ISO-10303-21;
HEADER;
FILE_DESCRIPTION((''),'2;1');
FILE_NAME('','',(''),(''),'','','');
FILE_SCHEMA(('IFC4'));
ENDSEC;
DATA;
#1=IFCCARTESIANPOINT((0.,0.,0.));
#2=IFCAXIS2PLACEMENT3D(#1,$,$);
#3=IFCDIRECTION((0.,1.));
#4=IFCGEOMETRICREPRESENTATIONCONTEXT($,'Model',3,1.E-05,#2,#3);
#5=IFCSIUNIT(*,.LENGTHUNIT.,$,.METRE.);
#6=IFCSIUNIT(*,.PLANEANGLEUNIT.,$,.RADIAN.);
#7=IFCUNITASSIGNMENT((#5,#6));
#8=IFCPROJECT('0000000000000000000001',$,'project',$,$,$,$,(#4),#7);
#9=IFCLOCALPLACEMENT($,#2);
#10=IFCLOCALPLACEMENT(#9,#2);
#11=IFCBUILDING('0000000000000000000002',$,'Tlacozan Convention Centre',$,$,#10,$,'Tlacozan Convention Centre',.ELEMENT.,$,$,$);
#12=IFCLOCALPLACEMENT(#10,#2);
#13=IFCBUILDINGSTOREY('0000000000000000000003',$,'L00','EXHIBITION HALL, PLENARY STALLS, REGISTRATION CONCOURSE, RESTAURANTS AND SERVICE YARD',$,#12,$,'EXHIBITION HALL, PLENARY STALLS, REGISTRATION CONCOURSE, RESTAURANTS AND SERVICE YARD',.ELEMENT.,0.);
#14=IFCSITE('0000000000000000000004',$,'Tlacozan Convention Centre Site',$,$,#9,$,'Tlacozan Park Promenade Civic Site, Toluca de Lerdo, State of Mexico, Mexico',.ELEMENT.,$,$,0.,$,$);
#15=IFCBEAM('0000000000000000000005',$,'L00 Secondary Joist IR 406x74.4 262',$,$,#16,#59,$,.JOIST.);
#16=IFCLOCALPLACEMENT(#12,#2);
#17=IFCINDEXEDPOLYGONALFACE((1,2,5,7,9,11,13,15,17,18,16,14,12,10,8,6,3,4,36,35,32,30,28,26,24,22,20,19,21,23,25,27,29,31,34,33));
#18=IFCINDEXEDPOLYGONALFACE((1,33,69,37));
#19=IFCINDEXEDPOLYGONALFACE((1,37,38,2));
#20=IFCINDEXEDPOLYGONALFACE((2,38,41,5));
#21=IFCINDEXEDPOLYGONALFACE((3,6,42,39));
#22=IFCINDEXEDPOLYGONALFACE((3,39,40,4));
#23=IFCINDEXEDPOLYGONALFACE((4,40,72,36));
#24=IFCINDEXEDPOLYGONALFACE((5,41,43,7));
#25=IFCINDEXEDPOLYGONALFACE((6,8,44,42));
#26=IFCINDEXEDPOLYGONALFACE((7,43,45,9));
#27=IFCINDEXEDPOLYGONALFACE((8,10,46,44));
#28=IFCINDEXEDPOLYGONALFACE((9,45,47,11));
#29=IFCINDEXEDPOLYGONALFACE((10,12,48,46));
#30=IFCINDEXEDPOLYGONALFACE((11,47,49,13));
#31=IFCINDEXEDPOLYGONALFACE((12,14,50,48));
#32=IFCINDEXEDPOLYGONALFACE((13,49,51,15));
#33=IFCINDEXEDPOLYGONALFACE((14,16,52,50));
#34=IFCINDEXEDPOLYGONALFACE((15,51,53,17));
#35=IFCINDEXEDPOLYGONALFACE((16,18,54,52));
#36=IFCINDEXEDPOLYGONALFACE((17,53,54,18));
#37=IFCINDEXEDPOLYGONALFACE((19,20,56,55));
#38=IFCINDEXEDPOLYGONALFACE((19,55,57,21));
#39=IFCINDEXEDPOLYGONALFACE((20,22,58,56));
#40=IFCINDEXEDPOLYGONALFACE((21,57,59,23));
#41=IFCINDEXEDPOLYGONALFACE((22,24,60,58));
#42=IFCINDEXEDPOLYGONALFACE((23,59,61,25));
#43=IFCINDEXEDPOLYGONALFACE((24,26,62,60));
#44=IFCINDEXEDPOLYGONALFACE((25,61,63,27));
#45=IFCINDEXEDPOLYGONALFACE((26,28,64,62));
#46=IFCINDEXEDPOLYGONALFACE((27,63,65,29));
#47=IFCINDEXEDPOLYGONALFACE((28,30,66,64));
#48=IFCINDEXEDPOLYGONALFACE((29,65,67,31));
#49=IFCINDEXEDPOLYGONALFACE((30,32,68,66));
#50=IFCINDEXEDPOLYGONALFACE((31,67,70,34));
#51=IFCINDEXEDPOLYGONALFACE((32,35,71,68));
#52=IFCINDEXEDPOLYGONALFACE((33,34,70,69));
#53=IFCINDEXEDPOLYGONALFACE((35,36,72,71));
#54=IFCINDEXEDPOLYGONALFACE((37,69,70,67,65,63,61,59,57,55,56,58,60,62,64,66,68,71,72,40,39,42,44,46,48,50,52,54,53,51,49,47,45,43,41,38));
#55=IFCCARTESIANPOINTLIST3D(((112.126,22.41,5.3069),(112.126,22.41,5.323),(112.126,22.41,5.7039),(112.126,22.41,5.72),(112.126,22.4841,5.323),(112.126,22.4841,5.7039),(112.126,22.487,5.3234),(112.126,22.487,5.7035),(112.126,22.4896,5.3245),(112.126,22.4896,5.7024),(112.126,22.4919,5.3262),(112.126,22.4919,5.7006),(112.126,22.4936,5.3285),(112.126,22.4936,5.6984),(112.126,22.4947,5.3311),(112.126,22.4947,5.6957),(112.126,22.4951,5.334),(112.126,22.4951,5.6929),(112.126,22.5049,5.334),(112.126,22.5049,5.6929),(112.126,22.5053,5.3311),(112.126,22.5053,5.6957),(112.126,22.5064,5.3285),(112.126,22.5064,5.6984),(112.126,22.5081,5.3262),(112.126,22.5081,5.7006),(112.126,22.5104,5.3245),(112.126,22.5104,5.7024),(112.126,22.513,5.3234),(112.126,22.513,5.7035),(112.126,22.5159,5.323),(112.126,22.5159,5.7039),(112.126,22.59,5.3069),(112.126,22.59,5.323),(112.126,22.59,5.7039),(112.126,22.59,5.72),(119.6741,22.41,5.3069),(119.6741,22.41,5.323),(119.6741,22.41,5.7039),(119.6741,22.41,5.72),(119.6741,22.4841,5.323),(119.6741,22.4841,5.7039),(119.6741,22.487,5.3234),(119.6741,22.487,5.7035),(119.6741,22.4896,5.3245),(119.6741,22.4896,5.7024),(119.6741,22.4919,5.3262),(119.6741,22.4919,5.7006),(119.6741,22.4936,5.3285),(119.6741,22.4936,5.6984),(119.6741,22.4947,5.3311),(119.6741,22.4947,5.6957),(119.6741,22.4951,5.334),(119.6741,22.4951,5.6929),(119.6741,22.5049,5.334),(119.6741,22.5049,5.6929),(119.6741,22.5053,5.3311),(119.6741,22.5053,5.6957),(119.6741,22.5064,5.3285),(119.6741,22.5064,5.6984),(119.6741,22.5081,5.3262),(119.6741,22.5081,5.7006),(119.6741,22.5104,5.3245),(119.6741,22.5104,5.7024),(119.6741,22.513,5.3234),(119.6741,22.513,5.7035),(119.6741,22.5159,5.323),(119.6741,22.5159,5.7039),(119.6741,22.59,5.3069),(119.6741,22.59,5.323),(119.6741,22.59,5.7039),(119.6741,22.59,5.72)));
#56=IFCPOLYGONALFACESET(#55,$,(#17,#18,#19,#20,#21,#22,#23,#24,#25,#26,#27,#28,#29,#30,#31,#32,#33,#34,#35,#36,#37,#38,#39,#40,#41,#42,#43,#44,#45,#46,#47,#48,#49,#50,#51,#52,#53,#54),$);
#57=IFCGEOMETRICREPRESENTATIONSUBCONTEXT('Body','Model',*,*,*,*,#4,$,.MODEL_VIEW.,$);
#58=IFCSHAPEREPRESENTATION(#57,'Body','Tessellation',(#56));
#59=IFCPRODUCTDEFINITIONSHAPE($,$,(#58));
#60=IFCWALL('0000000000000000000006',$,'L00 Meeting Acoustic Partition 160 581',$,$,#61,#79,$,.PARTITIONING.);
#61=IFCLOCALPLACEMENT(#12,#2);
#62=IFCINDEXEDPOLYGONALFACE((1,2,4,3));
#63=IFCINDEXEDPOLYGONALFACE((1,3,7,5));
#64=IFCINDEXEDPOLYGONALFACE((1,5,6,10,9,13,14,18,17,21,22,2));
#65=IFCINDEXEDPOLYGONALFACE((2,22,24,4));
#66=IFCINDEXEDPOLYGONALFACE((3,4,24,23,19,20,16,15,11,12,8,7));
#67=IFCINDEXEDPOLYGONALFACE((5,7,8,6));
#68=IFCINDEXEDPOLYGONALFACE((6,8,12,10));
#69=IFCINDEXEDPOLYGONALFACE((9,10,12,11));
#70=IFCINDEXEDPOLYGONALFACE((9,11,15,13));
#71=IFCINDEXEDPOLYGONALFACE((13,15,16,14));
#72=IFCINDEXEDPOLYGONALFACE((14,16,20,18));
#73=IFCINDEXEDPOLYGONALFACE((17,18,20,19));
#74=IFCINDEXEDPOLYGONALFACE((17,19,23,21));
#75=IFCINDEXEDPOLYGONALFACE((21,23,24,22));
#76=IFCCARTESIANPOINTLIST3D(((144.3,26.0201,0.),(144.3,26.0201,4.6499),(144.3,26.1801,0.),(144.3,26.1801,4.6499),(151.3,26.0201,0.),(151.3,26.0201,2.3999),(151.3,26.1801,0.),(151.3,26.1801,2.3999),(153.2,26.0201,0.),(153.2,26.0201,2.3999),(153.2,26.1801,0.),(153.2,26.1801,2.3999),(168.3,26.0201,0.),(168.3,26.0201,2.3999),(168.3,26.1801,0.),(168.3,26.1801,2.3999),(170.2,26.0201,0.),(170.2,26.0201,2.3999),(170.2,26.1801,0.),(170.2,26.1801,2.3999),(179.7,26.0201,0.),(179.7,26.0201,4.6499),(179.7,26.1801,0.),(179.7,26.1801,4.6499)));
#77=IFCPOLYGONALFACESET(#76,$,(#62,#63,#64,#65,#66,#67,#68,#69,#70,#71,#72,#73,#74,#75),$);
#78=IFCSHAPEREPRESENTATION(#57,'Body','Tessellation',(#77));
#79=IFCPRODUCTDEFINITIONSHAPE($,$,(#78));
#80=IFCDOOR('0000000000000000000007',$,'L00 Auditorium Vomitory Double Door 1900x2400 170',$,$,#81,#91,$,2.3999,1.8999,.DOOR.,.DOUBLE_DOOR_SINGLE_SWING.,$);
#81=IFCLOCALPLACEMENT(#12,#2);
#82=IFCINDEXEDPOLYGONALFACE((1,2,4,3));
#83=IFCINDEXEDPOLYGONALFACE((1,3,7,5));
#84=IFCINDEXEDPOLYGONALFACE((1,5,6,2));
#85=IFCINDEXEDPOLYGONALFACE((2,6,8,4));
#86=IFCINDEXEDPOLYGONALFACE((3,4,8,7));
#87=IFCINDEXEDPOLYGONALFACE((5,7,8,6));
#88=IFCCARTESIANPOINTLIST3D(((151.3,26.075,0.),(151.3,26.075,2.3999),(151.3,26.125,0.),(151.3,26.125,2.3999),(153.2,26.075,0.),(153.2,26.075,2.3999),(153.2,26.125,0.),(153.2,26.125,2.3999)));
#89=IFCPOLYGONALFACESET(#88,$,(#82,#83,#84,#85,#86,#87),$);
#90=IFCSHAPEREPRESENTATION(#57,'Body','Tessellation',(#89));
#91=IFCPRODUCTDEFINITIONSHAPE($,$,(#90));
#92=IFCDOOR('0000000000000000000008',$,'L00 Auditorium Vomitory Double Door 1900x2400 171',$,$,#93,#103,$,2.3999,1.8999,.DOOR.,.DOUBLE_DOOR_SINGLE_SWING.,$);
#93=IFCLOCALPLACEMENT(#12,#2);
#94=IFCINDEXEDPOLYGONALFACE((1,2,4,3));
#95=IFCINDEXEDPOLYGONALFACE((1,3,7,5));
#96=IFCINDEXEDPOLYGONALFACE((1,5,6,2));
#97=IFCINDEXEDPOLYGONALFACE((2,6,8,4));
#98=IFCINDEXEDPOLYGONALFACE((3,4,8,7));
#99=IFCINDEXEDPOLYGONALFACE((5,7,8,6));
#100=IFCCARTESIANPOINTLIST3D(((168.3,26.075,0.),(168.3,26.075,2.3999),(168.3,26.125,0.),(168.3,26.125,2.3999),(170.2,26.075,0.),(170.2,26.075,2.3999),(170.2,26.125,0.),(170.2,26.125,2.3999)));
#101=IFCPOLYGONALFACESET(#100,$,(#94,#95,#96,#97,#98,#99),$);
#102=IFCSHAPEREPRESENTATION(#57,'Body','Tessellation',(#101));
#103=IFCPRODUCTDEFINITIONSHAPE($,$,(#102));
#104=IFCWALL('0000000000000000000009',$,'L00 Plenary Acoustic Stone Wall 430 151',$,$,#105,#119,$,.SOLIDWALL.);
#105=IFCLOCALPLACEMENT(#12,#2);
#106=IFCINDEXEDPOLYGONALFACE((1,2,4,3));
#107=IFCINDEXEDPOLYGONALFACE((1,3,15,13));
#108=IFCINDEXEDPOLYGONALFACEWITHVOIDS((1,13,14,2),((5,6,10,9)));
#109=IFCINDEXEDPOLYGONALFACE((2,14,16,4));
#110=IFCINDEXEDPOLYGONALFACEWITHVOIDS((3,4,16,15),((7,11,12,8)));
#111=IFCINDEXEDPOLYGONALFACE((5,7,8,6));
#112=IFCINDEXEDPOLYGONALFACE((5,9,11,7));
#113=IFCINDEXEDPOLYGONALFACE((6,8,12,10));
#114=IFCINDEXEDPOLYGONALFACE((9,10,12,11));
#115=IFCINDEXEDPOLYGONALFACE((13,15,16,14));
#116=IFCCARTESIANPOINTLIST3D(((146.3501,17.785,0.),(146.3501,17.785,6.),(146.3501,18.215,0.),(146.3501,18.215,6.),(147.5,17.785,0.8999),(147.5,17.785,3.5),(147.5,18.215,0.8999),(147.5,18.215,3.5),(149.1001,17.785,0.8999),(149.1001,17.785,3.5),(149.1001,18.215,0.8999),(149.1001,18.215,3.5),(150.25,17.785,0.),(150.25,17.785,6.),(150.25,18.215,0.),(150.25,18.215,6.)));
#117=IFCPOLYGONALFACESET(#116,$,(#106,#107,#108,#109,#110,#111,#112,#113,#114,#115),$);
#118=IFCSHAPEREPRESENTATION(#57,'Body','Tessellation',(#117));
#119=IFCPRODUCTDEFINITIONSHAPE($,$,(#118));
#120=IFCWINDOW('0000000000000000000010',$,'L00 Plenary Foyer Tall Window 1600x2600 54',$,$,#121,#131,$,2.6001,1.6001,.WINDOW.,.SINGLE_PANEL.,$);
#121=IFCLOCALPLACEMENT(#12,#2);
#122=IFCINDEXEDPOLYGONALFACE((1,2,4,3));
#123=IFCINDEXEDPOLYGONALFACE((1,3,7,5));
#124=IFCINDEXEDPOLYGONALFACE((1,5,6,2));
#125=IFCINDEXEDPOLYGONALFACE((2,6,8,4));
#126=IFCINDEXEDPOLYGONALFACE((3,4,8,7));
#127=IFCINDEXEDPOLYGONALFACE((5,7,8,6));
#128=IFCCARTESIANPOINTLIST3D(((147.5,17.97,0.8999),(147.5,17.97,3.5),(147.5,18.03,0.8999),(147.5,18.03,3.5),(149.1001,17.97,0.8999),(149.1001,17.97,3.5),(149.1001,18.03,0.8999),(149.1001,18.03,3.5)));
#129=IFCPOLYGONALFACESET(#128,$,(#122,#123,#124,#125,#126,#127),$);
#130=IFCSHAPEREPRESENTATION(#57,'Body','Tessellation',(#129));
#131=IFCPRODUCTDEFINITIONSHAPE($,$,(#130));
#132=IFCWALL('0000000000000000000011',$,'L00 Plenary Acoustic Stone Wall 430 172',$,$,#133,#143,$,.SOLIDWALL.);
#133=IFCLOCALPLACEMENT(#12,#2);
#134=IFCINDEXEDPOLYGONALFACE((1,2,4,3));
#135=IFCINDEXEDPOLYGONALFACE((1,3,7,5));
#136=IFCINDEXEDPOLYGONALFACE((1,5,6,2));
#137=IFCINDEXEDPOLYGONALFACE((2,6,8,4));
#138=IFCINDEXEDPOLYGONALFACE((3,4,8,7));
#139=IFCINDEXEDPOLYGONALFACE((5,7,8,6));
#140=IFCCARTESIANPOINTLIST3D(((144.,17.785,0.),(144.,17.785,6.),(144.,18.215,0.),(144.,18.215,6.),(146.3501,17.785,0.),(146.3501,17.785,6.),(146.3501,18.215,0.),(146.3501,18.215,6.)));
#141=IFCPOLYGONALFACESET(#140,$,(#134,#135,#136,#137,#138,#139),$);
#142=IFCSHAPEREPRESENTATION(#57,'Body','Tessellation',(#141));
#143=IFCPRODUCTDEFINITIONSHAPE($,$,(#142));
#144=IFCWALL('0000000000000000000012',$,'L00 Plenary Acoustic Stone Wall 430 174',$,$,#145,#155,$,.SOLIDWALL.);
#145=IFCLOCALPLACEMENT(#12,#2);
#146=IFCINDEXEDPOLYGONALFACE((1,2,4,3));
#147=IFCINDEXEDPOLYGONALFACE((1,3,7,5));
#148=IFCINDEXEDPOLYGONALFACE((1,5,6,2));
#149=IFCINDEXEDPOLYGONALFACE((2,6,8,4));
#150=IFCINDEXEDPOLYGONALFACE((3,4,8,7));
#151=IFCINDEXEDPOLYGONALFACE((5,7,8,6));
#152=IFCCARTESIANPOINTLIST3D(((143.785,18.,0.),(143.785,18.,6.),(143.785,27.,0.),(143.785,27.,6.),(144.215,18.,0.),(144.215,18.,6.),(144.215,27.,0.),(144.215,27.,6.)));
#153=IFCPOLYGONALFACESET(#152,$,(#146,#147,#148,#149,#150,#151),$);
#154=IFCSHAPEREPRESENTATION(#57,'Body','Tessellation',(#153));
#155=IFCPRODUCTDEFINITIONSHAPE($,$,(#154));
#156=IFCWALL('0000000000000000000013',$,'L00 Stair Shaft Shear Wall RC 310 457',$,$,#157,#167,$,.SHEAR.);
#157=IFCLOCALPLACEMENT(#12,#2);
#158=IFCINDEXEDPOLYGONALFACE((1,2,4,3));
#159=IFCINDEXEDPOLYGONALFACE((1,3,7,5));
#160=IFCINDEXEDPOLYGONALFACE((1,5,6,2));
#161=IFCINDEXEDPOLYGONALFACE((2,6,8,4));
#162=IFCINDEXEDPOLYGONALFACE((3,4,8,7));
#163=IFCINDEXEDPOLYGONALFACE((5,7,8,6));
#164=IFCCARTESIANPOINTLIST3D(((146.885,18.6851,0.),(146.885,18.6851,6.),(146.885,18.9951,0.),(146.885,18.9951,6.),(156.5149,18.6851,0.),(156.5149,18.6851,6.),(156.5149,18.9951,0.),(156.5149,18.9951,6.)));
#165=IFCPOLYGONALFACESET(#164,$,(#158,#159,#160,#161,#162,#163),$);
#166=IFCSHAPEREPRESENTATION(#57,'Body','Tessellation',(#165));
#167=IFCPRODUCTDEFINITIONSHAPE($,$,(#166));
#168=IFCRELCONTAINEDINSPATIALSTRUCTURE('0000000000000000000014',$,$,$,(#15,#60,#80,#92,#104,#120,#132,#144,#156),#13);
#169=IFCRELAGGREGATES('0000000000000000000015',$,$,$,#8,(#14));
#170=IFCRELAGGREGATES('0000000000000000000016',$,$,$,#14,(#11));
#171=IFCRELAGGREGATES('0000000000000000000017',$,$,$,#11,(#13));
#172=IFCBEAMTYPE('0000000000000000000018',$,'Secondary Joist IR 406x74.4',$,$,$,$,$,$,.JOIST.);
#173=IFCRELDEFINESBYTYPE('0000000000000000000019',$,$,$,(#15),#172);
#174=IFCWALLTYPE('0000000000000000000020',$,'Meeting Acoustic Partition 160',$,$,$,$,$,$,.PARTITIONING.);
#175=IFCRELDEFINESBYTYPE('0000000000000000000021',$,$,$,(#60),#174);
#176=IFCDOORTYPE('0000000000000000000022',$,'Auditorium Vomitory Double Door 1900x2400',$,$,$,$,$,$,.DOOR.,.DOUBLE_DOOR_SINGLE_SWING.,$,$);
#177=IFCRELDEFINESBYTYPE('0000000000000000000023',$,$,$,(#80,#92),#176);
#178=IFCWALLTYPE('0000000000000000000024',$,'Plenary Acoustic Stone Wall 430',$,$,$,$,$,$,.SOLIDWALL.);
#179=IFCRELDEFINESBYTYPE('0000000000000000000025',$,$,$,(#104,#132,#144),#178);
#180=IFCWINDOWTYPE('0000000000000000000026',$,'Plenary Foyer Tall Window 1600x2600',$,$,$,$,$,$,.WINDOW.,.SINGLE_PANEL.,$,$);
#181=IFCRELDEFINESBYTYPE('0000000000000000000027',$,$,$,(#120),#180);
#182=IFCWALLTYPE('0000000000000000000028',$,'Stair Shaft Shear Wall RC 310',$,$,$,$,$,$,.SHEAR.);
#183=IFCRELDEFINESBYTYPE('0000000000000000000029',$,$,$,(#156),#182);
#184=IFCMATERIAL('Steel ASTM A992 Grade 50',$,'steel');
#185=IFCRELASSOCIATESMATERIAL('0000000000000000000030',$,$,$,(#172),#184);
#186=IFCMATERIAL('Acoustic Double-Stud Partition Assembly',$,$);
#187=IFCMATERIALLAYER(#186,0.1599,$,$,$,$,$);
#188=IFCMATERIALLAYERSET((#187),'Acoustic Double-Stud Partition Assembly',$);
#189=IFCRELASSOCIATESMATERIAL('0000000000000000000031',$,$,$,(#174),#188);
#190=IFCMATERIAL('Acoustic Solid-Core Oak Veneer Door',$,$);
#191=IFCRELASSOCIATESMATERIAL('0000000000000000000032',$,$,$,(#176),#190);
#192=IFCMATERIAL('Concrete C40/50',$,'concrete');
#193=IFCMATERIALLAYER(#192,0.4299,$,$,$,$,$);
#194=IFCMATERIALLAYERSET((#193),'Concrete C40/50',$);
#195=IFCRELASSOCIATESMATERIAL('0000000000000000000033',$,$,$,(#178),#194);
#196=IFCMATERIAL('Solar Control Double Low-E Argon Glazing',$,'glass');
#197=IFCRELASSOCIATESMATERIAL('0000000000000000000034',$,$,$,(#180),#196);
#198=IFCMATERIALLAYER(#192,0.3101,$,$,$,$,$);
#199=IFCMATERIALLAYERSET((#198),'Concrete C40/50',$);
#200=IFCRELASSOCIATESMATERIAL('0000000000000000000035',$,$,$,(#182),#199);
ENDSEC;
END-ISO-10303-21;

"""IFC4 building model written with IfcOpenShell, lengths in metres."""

from ifc_helpers import new_model, si_unit, direction, frame, frame_2d, origin, origin_2d, place, context, subcontext, project, spatial, rectangle, i_section, extrude, material, layer, layer_set, material_profile, profile_set, type_object, element, fill, save


model = new_model("IFC4")

# Units and contexts
model_context = context("Model", 3, precision=1e-05, world=origin(), true_north=direction((0.0, 1.0)))
body_context = subcontext(model_context, "Body", "Model", "MODEL_VIEW")
ifc_project = project(units=[si_unit("LENGTHUNIT", "METRE"), si_unit("PLANEANGLEUNIT", "RADIAN")], contexts=[model_context])

# Site, building, storey
site_placement = place(None, origin())
site = spatial("IfcSite", under=ifc_project, at=site_placement, Name="Tlacozan Convention Centre Site", LongName="Tlacozan Park Promenade Civic Site, Toluca de Lerdo, State of Mexico, Mexico", CompositionType="ELEMENT", RefElevation=0.0)
building_placement = place(site_placement, origin())
building = spatial("IfcBuilding", under=site, at=building_placement, Name="Tlacozan Convention Centre", LongName="Tlacozan Convention Centre", CompositionType="ELEMENT")
storey_placement = place(building_placement, origin())
storey = spatial("IfcBuildingStorey", under=building, at=storey_placement, Name="L00", Description="EXHIBITION HALL, PLENARY STALLS, REGISTRATION CONCOURSE, RESTAURANTS AND SERVICE YARD", LongName="EXHIBITION HALL, PLENARY STALLS, REGISTRATION CONCOURSE, RESTAURANTS AND SERVICE YARD", CompositionType="ELEMENT", Elevation=0.0)

# Shared definitions
ifc_material_1 = material(Name="Concrete C40/50", Category="concrete")

# Beam
ifc_material_2 = material(Name="Steel ASTM A992 Grade 50", Category="steel")
ifc_material_profile_1 = material_profile(ifc_material_2, i_section(OverallWidth=0.1799, OverallDepth=0.4131, WebThickness=0.0098, FlangeThickness=0.0161, FilletRadius=0.011, at=origin_2d()), Name="IR 406x74.4")
ifc_profile_set_1 = profile_set([ifc_material_profile_1], Name="Steel ASTM A992 Grade 50")
beam_type_1 = type_object("IfcBeamType", Name="Secondary Joist IR 406x74.4", PredefinedType="JOIST", material=ifc_profile_set_1)
beam_1_placement = place(storey_placement, frame((112.126, 22.5, 5.5134), z_axis=(1.0, 0.0, 0.0), x_axis=(0.0, 1.0, 0.0)))
element("IfcBeam", 1, at=beam_1_placement, inside=storey, type_object=beam_type_1, Name="L00 Secondary Joist IR 406x74.4 262", PredefinedType="JOIST", context=body_context, shape_type="SweptSolid", body=[
    extrude(i_section(OverallWidth=0.1799, OverallDepth=0.4131, WebThickness=0.0098, FlangeThickness=0.0161, FilletRadius=0.011, at=origin_2d()), origin(), (0.0, 0.0, 1.0), 7.5481),
])

# Wall, openings, doors
ifc_material_3 = material(Name="Acoustic Double-Stud Partition Assembly")
ifc_layer_1 = layer(ifc_material_3, 0.1599)
ifc_layer_set_1 = layer_set([ifc_layer_1], Name="Acoustic Double-Stud Partition Assembly")
wall_type_1 = type_object("IfcWallType", Name="Meeting Acoustic Partition 160", PredefinedType="PARTITIONING", material=ifc_layer_set_1)
wall_1_placement = place(storey_placement, frame((144.3, 26.1001, 0.0), z_axis=(0.0, 0.0, 1.0), x_axis=(1.0, 0.0, 0.0)))
wall_1 = element("IfcWall", 2, at=wall_1_placement, inside=storey, type_object=wall_type_1, Name="L00 Meeting Acoustic Partition 160 581", PredefinedType="PARTITIONING", context=body_context, shape_type="SweptSolid", body=[
    extrude(rectangle(XDim=35.3999, YDim=0.1599, at=frame_2d((17.7, 0.0))), origin(), (0.0, 0.0, 1.0), 4.6499),
])
opening_1_placement = place(wall_1_placement, frame((7.0, 0.0, 0.0)))
opening_1 = element("IfcOpeningElement", 3, at=opening_1_placement, cuts=wall_1, PredefinedType="OPENING", context=body_context, shape_type="SweptSolid", body=[
    extrude(rectangle(XDim=1.8999, YDim=2.3999, at=frame_2d((0.95, 1.2))), frame((0.0, 0.0898, 0.0), z_axis=(0.0, -1.0, 0.0), x_axis=(1.0, 0.0, 0.0)), (0.0, 0.0, 1.0), 0.1799),
])
opening_2_placement = place(wall_1_placement, frame((24.0, 0.0, 0.0)))
opening_2 = element("IfcOpeningElement", 4, at=opening_2_placement, cuts=wall_1, PredefinedType="OPENING", context=body_context, shape_type="SweptSolid", body=[
    extrude(rectangle(XDim=1.8999, YDim=2.3999, at=frame_2d((0.95, 1.2))), frame((0.0, 0.0898, 0.0), z_axis=(0.0, -1.0, 0.0), x_axis=(1.0, 0.0, 0.0)), (0.0, 0.0, 1.0), 0.1799),
])
ifc_material_4 = material(Name="Acoustic Solid-Core Oak Veneer Door")
door_type_1 = type_object("IfcDoorType", Name="Auditorium Vomitory Double Door 1900x2400", OperationType="DOUBLE_DOOR_SINGLE_SWING", PredefinedType="DOOR", material=ifc_material_4)
door_1_placement = place(opening_1_placement, origin())
door_1 = element("IfcDoor", 5, at=door_1_placement, inside=storey, type_object=door_type_1, Name="L00 Auditorium Vomitory Double Door 1900x2400 170", OperationType="DOUBLE_DOOR_SINGLE_SWING", OverallHeight=2.3999, OverallWidth=1.8999, PredefinedType="DOOR", context=body_context, shape_type="SweptSolid", body=[
    extrude(rectangle(XDim=1.8999, YDim=2.3999, at=frame_2d((0.95, 1.2))), frame((0.0, 0.0249, 0.0), z_axis=(0.0, -1.0, 0.0), x_axis=(1.0, 0.0, 0.0)), (0.0, 0.0, 1.0), 0.05),
])
fill(opening_1, door_1)
door_2_placement = place(opening_2_placement, origin())
door_2 = element("IfcDoor", 6, at=door_2_placement, inside=storey, type_object=door_type_1, Name="L00 Auditorium Vomitory Double Door 1900x2400 171", OperationType="DOUBLE_DOOR_SINGLE_SWING", OverallHeight=2.3999, OverallWidth=1.8999, PredefinedType="DOOR", context=body_context, shape_type="SweptSolid", body=[
    extrude(rectangle(XDim=1.8999, YDim=2.3999, at=frame_2d((0.95, 1.2))), frame((0.0, 0.0249, 0.0), z_axis=(0.0, -1.0, 0.0), x_axis=(1.0, 0.0, 0.0)), (0.0, 0.0, 1.0), 0.05),
])
fill(opening_2, door_2)

# Wall, opening, window
ifc_layer_2 = layer(ifc_material_1, 0.4299)
ifc_layer_set_2 = layer_set([ifc_layer_2], Name="Concrete C40/50")
wall_type_2 = type_object("IfcWallType", Name="Plenary Acoustic Stone Wall 430", PredefinedType="SOLIDWALL", material=ifc_layer_set_2)
wall_2_placement = place(storey_placement, frame((146.3501, 18.0, 0.0), z_axis=(0.0, 0.0, 1.0), x_axis=(1.0, 0.0, 0.0)))
wall_2 = element("IfcWall", 7, at=wall_2_placement, inside=storey, type_object=wall_type_2, Name="L00 Plenary Acoustic Stone Wall 430 151", PredefinedType="SOLIDWALL", context=body_context, shape_type="SweptSolid", body=[
    extrude(rectangle(XDim=3.8999, YDim=0.4299, at=frame_2d((1.95, 0.0))), origin(), (0.0, 0.0, 1.0), 6.0),
])
opening_3_placement = place(wall_2_placement, frame((1.1499, 0.0, 0.8999)))
opening_3 = element("IfcOpeningElement", 8, at=opening_3_placement, cuts=wall_2, PredefinedType="OPENING", context=body_context, shape_type="SweptSolid", body=[
    extrude(rectangle(XDim=1.6001, YDim=2.6001, at=frame_2d((0.8, 1.3))), frame((0.0, 0.2249, 0.0), z_axis=(0.0, -1.0, 0.0), x_axis=(1.0, 0.0, 0.0)), (0.0, 0.0, 1.0), 0.45),
])
ifc_material_5 = material(Name="Solar Control Double Low-E Argon Glazing", Category="glass")
window_type = type_object("IfcWindowType", Name="Plenary Foyer Tall Window 1600x2600", PartitioningType="SINGLE_PANEL", PredefinedType="WINDOW", material=ifc_material_5)
window_placement = place(opening_3_placement, origin())
window = element("IfcWindow", 9, at=window_placement, inside=storey, type_object=window_type, Name="L00 Plenary Foyer Tall Window 1600x2600 54", OverallHeight=2.6001, OverallWidth=1.6001, PartitioningType="SINGLE_PANEL", PredefinedType="WINDOW", context=body_context, shape_type="SweptSolid", body=[
    extrude(rectangle(XDim=1.6001, YDim=2.6001, at=frame_2d((0.8, 1.3))), frame((0.0, 0.03, 0.0), z_axis=(0.0, -1.0, 0.0), x_axis=(1.0, 0.0, 0.0)), (0.0, 0.0, 1.0), 0.0601),
])
fill(opening_3, window)

# Walls
wall_3_placement = place(storey_placement, frame((144.0, 18.0, 0.0), z_axis=(0.0, 0.0, 1.0), x_axis=(1.0, 0.0, 0.0)))
element("IfcWall", 10, at=wall_3_placement, inside=storey, type_object=wall_type_2, Name="L00 Plenary Acoustic Stone Wall 430 172", PredefinedType="SOLIDWALL", context=body_context, shape_type="SweptSolid", body=[
    extrude(rectangle(XDim=2.3501, YDim=0.4299, at=frame_2d((1.175, 0.0))), origin(), (0.0, 0.0, 1.0), 6.0),
])
wall_4_placement = place(storey_placement, frame((144.0, 18.0, 0.0), z_axis=(0.0, 0.0, 1.0), x_axis=(0.0, 1.0, 0.0)))
element("IfcWall", 11, at=wall_4_placement, inside=storey, type_object=wall_type_2, Name="L00 Plenary Acoustic Stone Wall 430 174", PredefinedType="SOLIDWALL", context=body_context, shape_type="SweptSolid", body=[
    extrude(rectangle(XDim=9.0, YDim=0.4299, at=frame_2d((4.5, 0.0))), origin(), (0.0, 0.0, 1.0), 6.0),
])
ifc_layer_3 = layer(ifc_material_1, 0.3101)
ifc_layer_set_3 = layer_set([ifc_layer_3], Name="Concrete C40/50")
wall_type_3 = type_object("IfcWallType", Name="Stair Shaft Shear Wall RC 310", PredefinedType="SHEAR", material=ifc_layer_set_3)
for number, where, z_axis, x_axis, name in (
    (12, (146.885, 18.8401, 0.0), (0.0, 0.0, 1.0), (1.0, 0.0, 0.0), "L00 Stair Shaft Shear Wall RC 310 457"),
):
    element("IfcWall", number, at=place(storey_placement, frame(where, z_axis=z_axis, x_axis=x_axis)), inside=storey, type_object=wall_type_3, Name=name, PredefinedType="SHEAR", context=body_context, shape_type="SweptSolid", body=[
        extrude(rectangle(XDim=9.6299, YDim=0.3101, at=frame_2d((4.8149, 0.0))), origin(), (0.0, 0.0, 1.0), 6.0),
    ])

save(model, "model.ifc")
